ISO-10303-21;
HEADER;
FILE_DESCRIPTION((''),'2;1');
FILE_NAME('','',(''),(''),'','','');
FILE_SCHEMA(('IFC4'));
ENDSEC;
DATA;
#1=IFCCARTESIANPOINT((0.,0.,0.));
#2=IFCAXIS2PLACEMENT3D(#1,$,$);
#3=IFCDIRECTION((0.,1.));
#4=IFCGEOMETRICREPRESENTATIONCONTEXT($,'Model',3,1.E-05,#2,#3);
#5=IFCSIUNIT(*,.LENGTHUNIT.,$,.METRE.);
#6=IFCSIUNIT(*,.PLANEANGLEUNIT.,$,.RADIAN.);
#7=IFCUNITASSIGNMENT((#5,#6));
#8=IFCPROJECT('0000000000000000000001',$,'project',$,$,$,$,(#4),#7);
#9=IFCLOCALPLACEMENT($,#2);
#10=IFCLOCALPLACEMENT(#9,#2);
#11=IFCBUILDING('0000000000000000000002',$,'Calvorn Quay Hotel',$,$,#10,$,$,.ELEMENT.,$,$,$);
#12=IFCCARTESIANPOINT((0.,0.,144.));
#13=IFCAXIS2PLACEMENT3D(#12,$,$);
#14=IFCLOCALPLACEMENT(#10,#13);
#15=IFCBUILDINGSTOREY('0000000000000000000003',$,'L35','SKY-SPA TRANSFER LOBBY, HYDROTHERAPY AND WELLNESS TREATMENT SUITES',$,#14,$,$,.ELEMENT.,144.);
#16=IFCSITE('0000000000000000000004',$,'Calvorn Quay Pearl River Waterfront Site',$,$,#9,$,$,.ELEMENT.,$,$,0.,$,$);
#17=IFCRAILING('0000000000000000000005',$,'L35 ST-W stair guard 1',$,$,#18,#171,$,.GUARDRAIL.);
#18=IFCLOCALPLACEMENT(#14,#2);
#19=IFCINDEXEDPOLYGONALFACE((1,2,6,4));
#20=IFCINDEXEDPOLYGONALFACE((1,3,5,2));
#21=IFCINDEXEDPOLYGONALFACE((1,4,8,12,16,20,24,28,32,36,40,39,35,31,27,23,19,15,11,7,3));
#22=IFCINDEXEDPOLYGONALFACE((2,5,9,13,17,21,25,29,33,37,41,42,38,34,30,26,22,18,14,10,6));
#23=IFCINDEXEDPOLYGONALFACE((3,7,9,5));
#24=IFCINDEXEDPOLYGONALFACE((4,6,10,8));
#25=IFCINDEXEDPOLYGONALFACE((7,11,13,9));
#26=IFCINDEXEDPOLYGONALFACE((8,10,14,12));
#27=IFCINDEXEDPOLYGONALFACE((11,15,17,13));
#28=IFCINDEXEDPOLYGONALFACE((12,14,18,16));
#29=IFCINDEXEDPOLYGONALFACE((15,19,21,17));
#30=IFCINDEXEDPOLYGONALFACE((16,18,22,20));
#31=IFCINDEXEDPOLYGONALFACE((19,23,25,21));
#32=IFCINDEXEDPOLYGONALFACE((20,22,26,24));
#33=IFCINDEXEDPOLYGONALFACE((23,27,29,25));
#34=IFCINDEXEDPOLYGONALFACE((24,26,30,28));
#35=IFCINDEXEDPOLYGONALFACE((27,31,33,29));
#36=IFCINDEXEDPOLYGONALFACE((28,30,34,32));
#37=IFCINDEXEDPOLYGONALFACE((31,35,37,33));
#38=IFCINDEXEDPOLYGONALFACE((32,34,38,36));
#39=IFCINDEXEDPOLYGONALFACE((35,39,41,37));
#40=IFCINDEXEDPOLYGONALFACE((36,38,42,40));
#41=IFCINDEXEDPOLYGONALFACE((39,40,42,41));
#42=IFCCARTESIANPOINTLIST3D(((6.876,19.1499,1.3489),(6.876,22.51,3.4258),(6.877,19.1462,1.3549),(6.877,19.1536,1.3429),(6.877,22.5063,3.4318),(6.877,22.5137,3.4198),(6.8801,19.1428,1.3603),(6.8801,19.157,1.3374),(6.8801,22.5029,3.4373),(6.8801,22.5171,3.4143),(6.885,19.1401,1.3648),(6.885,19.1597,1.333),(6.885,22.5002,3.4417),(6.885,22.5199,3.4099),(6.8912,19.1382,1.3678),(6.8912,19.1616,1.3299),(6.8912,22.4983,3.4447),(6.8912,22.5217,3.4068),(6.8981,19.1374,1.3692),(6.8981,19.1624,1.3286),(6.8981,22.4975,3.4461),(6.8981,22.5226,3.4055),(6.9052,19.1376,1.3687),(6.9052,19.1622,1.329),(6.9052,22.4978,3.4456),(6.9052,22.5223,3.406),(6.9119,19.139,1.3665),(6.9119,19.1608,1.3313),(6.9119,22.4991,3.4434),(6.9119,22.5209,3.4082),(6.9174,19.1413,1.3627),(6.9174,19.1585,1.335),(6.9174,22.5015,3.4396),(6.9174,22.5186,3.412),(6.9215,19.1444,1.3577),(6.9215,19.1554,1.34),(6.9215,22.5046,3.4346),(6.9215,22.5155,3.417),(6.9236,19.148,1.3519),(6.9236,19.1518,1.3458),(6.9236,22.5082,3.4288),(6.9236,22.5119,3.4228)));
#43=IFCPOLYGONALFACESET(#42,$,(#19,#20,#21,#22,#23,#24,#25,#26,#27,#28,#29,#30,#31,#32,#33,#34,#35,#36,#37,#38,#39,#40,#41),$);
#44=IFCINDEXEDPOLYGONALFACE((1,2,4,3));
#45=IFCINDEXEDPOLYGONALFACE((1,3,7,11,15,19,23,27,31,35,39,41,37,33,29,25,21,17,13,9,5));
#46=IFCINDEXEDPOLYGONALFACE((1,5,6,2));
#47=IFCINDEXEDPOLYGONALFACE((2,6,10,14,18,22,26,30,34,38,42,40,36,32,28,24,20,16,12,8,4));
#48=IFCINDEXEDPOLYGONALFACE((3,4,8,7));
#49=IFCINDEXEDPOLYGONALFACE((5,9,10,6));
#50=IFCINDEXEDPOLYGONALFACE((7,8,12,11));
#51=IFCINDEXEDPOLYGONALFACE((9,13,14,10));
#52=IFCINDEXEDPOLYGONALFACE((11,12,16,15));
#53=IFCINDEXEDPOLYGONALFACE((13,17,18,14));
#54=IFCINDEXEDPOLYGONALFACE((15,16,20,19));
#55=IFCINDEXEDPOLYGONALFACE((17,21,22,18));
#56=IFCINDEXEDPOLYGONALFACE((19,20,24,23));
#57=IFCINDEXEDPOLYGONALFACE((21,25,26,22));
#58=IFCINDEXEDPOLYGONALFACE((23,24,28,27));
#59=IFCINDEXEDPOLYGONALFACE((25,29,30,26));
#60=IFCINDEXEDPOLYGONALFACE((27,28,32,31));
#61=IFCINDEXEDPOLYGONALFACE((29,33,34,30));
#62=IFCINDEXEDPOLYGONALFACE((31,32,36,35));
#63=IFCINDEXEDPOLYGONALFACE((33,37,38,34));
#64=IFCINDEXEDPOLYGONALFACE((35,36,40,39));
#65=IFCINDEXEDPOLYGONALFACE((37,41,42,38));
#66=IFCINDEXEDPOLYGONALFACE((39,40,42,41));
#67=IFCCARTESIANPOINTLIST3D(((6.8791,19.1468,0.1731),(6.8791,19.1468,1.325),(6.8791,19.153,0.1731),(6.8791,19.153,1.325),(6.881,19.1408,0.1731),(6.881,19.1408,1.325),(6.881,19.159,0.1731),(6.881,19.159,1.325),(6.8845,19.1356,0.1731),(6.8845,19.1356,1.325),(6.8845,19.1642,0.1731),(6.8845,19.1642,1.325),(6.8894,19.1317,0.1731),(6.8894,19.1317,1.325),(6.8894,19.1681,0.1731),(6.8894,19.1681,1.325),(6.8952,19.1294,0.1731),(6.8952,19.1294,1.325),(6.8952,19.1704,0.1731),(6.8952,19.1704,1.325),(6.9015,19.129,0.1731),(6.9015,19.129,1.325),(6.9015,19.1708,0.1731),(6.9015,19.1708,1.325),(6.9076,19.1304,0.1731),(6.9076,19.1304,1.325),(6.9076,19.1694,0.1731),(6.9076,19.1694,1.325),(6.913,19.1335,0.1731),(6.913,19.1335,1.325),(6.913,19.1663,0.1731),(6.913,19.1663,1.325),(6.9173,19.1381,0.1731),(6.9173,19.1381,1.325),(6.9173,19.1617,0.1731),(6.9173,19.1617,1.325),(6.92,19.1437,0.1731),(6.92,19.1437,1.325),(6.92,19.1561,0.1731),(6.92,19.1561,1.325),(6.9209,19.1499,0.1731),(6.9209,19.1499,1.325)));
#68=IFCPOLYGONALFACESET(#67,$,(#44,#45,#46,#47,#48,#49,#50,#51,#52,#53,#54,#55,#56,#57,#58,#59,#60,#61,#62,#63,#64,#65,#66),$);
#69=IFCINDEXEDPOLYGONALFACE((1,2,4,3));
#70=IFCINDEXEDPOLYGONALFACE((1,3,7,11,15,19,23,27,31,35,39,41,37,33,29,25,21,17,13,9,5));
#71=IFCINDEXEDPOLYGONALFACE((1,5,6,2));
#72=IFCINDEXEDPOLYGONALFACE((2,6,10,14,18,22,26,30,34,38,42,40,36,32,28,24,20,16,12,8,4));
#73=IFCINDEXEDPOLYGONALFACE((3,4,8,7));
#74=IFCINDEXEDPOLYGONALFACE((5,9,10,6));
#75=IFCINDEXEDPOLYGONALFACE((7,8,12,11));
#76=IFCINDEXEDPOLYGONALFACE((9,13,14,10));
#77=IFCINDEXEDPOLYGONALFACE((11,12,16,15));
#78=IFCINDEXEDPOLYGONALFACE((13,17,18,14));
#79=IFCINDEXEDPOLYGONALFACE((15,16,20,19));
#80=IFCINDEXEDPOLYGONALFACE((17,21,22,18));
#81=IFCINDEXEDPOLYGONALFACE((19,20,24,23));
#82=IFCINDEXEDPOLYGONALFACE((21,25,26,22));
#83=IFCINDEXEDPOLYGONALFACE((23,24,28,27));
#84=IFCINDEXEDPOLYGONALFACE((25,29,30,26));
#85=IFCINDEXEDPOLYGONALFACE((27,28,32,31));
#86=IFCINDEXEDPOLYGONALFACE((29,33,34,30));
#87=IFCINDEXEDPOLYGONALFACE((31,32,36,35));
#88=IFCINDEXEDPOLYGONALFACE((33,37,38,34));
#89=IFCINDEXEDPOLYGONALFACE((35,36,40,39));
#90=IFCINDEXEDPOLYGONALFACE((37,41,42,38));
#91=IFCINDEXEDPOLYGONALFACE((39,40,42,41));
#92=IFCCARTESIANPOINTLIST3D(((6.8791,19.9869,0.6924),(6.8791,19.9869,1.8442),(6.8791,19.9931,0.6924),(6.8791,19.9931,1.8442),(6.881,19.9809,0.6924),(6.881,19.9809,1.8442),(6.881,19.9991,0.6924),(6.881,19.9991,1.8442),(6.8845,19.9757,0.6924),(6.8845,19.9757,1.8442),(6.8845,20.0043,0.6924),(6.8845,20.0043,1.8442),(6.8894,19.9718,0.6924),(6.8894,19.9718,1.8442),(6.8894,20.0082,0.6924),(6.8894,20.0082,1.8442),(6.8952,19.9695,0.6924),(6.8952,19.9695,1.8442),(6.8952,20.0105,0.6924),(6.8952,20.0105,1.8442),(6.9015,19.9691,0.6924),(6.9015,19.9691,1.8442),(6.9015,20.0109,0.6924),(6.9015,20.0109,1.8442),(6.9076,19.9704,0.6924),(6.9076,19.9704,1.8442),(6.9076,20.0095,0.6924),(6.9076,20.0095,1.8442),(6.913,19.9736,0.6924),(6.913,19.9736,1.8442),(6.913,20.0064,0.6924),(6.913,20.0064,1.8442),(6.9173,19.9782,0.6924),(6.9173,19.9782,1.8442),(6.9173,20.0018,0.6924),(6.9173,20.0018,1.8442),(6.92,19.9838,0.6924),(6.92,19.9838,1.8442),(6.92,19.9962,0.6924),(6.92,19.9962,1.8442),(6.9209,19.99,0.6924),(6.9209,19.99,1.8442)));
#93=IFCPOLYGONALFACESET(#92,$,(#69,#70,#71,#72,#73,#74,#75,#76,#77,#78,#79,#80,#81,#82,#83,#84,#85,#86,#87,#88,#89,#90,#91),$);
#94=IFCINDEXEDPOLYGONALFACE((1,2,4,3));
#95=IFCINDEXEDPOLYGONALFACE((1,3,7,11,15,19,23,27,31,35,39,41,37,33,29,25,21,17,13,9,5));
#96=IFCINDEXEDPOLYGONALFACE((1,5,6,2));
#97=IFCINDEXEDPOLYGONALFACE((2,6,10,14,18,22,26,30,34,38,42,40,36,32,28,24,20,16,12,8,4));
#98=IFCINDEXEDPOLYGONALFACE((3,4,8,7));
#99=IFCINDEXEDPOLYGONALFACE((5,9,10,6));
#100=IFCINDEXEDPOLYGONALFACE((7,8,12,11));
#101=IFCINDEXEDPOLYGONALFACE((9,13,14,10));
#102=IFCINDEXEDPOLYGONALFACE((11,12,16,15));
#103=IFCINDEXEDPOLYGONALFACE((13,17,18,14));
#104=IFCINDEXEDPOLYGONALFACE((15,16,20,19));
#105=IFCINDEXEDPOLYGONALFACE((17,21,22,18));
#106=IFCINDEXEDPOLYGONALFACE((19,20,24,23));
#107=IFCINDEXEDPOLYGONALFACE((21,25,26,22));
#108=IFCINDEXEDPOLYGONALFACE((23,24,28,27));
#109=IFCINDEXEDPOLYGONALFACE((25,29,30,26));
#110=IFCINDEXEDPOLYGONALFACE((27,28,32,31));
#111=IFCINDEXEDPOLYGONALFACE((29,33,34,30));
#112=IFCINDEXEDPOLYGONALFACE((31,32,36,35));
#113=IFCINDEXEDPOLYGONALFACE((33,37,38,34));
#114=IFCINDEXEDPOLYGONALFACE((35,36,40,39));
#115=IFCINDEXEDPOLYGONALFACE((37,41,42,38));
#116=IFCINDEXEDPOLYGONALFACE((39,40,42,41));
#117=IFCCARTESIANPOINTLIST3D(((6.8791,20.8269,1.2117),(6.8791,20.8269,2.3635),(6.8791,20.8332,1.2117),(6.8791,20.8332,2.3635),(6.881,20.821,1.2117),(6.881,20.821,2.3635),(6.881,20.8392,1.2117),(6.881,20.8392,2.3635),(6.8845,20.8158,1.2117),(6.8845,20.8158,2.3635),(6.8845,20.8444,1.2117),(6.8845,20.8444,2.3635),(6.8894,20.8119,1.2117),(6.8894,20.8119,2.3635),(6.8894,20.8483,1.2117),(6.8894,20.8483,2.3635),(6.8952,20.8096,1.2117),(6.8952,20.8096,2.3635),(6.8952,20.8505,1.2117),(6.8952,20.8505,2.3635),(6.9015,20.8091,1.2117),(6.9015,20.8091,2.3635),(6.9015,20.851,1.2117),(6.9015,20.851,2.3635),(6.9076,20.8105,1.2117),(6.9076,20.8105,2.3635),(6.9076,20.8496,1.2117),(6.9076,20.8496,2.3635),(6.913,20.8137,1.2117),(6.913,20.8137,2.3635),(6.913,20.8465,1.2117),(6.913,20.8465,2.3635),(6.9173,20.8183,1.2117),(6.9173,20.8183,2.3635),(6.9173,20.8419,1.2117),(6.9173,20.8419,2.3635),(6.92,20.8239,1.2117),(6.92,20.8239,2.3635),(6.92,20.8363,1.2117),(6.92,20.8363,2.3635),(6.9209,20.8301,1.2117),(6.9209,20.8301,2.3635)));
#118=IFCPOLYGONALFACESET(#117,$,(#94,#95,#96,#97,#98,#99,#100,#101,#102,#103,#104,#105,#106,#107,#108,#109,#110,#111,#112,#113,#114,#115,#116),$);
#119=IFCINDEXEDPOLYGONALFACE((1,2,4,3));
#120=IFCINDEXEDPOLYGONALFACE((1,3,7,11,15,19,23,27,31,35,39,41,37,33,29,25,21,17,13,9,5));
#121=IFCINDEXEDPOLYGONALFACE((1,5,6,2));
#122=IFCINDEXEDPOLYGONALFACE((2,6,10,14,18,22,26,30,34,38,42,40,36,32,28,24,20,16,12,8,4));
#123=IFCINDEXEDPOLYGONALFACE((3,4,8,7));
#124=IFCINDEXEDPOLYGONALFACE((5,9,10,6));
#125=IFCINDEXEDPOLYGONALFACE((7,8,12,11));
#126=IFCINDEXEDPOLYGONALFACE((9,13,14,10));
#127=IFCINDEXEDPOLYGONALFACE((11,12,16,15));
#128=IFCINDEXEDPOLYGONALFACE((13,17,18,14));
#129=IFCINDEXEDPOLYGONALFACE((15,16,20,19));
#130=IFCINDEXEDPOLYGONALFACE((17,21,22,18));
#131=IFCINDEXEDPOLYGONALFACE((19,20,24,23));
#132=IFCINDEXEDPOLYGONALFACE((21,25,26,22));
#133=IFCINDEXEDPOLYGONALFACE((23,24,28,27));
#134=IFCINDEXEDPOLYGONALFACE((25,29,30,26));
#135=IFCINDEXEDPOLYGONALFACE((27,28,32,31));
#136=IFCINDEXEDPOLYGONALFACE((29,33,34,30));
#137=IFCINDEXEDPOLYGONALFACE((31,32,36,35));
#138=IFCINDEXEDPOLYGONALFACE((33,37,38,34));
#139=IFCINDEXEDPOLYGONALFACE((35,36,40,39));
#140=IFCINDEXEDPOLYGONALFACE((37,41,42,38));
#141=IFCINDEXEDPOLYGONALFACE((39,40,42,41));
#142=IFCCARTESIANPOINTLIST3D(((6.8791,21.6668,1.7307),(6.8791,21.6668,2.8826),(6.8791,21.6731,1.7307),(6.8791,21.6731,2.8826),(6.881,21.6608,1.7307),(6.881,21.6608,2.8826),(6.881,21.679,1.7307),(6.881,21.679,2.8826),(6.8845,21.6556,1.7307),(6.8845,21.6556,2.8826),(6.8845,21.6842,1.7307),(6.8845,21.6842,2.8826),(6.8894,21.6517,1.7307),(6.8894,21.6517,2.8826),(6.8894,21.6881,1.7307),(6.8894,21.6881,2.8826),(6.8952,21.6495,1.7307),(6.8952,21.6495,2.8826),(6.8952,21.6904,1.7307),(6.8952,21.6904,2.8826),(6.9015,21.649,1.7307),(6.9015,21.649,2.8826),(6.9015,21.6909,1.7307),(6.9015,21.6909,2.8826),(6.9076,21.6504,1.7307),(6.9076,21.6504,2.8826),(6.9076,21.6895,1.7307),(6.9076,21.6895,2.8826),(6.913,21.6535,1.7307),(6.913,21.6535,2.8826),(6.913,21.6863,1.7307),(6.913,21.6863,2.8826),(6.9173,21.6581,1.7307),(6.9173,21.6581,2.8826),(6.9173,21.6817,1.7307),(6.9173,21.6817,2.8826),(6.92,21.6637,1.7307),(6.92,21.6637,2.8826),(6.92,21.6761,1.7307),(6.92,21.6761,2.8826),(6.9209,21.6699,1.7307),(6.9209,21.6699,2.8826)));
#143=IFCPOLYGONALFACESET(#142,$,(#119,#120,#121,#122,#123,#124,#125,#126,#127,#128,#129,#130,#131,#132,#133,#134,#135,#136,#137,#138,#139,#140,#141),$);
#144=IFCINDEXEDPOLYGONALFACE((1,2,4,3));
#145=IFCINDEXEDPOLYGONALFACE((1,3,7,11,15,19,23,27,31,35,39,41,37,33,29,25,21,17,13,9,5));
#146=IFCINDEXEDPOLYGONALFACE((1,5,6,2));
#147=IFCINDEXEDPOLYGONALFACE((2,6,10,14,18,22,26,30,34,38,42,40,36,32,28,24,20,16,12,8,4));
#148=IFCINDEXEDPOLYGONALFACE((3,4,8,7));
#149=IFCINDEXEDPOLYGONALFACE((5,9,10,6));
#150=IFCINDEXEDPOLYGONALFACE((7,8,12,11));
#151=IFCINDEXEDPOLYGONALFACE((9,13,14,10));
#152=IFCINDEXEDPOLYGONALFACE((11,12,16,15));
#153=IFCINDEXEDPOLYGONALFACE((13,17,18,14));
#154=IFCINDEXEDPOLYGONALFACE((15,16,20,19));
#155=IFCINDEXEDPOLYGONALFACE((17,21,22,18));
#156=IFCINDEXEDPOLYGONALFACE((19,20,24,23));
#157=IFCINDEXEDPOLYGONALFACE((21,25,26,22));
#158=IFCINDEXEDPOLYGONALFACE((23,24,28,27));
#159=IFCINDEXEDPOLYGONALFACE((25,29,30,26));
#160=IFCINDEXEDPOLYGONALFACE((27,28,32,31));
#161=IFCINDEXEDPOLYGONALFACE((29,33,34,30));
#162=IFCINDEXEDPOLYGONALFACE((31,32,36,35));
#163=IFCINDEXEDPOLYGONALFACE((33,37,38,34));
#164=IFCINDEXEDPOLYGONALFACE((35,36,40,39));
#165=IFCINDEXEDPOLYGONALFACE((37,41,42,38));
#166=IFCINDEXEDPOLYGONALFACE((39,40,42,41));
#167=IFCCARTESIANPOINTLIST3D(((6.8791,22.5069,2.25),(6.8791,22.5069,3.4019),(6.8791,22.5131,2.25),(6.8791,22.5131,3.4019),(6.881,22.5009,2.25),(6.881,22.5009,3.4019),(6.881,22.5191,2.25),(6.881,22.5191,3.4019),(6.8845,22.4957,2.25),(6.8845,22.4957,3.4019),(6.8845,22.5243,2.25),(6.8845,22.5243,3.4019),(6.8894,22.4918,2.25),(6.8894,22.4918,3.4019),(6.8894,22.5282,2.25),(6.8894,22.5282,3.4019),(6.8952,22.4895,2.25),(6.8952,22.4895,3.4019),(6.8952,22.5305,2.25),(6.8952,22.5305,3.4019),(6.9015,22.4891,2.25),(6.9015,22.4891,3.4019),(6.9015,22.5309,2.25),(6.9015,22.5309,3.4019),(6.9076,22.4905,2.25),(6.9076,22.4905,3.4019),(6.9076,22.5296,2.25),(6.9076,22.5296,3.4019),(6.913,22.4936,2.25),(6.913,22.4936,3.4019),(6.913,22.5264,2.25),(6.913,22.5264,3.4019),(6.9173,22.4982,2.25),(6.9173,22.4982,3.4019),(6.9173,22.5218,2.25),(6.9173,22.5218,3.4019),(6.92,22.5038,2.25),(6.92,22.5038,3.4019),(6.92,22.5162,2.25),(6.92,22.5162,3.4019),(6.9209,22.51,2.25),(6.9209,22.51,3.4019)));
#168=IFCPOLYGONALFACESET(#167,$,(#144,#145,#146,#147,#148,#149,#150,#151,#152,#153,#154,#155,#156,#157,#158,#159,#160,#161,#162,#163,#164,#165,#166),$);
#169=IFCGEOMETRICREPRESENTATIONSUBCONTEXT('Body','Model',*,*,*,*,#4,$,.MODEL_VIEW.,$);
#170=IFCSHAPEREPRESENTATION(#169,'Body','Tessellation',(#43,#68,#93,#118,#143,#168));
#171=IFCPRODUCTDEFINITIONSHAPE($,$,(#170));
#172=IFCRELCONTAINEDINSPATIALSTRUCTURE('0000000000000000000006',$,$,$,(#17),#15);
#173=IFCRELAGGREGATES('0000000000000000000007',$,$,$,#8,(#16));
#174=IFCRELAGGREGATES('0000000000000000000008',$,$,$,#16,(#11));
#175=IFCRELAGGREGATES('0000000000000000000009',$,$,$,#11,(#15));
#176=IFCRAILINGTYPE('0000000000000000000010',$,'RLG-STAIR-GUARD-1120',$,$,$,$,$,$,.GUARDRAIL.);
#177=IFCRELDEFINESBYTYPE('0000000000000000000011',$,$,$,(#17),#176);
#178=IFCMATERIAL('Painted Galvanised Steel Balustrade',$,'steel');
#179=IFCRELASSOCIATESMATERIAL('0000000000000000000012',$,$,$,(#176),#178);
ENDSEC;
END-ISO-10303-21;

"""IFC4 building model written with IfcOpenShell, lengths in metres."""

from ifc_helpers import new_model, si_unit, direction, frame, origin, origin_2d, place, context, subcontext, project, spatial, circle, extrude, material, type_object, element, save


model = new_model("IFC4")

# Units and contexts
model_context = context("Model", 3, precision=1e-05, world=origin(), true_north=direction((0.0, 1.0)))
body_context = subcontext(model_context, "Body", "Model", "MODEL_VIEW")
ifc_project = project(units=[si_unit("LENGTHUNIT", "METRE"), si_unit("PLANEANGLEUNIT", "RADIAN")], contexts=[model_context])

# Site, building, storey
site_placement = place(None, origin())
site = spatial("IfcSite", under=ifc_project, at=site_placement, Name="Calvorn Quay Pearl River Waterfront Site", CompositionType="ELEMENT", RefElevation=0.0)
building_placement = place(site_placement, origin())
building = spatial("IfcBuilding", under=site, at=building_placement, Name="Calvorn Quay Hotel", CompositionType="ELEMENT")
storey_placement = place(building_placement, frame((0.0, 0.0, 144.0)))
storey = spatial("IfcBuildingStorey", under=building, at=storey_placement, Name="L35", Description="SKY-SPA TRANSFER LOBBY, HYDROTHERAPY AND WELLNESS TREATMENT SUITES", CompositionType="ELEMENT", Elevation=144.0)

# Railing
ifc_material_1 = material(Name="Painted Galvanised Steel Balustrade", Category="steel")
railing_type_1 = type_object("IfcRailingType", Name="RLG-STAIR-GUARD-1120", PredefinedType="GUARDRAIL", material=ifc_material_1)
railing_1_placement = place(storey_placement, frame((6.8999, 19.1499, 0.1731)))
element("IfcRailing", 1, at=railing_1_placement, inside=storey, type_object=railing_type_1, Name="L35 ST-W stair guard 1", PredefinedType="GUARDRAIL", context=body_context, shape_type="SweptSolid", body=[
    extrude(circle(Radius=0.0239, at=origin_2d()), frame((0.0, 0.0, 1.1758), z_axis=(0.0, 0.850623, 0.525776), x_axis=(-1.0, 0.0, 0.0)), (0.0, 0.0, 1.0), 3.9502),
    extrude(circle(Radius=0.021, at=origin_2d()), origin(), (0.0, 0.0, 1.0), 1.1519),
    extrude(circle(Radius=0.021, at=origin_2d()), frame((0.0, 0.8401, 0.5193)), (0.0, 0.0, 1.0), 1.1519),
    extrude(circle(Radius=0.021, at=origin_2d()), frame((0.0, 1.6802, 1.0386)), (0.0, 0.0, 1.0), 1.1519),
    extrude(circle(Radius=0.021, at=origin_2d()), frame((0.0, 2.52, 1.5576)), (0.0, 0.0, 1.0), 1.1519),
    extrude(circle(Radius=0.021, at=origin_2d()), frame((0.0, 3.3601, 2.0769)), (0.0, 0.0, 1.0), 1.1519),
])

save(model, "model.ifc")
